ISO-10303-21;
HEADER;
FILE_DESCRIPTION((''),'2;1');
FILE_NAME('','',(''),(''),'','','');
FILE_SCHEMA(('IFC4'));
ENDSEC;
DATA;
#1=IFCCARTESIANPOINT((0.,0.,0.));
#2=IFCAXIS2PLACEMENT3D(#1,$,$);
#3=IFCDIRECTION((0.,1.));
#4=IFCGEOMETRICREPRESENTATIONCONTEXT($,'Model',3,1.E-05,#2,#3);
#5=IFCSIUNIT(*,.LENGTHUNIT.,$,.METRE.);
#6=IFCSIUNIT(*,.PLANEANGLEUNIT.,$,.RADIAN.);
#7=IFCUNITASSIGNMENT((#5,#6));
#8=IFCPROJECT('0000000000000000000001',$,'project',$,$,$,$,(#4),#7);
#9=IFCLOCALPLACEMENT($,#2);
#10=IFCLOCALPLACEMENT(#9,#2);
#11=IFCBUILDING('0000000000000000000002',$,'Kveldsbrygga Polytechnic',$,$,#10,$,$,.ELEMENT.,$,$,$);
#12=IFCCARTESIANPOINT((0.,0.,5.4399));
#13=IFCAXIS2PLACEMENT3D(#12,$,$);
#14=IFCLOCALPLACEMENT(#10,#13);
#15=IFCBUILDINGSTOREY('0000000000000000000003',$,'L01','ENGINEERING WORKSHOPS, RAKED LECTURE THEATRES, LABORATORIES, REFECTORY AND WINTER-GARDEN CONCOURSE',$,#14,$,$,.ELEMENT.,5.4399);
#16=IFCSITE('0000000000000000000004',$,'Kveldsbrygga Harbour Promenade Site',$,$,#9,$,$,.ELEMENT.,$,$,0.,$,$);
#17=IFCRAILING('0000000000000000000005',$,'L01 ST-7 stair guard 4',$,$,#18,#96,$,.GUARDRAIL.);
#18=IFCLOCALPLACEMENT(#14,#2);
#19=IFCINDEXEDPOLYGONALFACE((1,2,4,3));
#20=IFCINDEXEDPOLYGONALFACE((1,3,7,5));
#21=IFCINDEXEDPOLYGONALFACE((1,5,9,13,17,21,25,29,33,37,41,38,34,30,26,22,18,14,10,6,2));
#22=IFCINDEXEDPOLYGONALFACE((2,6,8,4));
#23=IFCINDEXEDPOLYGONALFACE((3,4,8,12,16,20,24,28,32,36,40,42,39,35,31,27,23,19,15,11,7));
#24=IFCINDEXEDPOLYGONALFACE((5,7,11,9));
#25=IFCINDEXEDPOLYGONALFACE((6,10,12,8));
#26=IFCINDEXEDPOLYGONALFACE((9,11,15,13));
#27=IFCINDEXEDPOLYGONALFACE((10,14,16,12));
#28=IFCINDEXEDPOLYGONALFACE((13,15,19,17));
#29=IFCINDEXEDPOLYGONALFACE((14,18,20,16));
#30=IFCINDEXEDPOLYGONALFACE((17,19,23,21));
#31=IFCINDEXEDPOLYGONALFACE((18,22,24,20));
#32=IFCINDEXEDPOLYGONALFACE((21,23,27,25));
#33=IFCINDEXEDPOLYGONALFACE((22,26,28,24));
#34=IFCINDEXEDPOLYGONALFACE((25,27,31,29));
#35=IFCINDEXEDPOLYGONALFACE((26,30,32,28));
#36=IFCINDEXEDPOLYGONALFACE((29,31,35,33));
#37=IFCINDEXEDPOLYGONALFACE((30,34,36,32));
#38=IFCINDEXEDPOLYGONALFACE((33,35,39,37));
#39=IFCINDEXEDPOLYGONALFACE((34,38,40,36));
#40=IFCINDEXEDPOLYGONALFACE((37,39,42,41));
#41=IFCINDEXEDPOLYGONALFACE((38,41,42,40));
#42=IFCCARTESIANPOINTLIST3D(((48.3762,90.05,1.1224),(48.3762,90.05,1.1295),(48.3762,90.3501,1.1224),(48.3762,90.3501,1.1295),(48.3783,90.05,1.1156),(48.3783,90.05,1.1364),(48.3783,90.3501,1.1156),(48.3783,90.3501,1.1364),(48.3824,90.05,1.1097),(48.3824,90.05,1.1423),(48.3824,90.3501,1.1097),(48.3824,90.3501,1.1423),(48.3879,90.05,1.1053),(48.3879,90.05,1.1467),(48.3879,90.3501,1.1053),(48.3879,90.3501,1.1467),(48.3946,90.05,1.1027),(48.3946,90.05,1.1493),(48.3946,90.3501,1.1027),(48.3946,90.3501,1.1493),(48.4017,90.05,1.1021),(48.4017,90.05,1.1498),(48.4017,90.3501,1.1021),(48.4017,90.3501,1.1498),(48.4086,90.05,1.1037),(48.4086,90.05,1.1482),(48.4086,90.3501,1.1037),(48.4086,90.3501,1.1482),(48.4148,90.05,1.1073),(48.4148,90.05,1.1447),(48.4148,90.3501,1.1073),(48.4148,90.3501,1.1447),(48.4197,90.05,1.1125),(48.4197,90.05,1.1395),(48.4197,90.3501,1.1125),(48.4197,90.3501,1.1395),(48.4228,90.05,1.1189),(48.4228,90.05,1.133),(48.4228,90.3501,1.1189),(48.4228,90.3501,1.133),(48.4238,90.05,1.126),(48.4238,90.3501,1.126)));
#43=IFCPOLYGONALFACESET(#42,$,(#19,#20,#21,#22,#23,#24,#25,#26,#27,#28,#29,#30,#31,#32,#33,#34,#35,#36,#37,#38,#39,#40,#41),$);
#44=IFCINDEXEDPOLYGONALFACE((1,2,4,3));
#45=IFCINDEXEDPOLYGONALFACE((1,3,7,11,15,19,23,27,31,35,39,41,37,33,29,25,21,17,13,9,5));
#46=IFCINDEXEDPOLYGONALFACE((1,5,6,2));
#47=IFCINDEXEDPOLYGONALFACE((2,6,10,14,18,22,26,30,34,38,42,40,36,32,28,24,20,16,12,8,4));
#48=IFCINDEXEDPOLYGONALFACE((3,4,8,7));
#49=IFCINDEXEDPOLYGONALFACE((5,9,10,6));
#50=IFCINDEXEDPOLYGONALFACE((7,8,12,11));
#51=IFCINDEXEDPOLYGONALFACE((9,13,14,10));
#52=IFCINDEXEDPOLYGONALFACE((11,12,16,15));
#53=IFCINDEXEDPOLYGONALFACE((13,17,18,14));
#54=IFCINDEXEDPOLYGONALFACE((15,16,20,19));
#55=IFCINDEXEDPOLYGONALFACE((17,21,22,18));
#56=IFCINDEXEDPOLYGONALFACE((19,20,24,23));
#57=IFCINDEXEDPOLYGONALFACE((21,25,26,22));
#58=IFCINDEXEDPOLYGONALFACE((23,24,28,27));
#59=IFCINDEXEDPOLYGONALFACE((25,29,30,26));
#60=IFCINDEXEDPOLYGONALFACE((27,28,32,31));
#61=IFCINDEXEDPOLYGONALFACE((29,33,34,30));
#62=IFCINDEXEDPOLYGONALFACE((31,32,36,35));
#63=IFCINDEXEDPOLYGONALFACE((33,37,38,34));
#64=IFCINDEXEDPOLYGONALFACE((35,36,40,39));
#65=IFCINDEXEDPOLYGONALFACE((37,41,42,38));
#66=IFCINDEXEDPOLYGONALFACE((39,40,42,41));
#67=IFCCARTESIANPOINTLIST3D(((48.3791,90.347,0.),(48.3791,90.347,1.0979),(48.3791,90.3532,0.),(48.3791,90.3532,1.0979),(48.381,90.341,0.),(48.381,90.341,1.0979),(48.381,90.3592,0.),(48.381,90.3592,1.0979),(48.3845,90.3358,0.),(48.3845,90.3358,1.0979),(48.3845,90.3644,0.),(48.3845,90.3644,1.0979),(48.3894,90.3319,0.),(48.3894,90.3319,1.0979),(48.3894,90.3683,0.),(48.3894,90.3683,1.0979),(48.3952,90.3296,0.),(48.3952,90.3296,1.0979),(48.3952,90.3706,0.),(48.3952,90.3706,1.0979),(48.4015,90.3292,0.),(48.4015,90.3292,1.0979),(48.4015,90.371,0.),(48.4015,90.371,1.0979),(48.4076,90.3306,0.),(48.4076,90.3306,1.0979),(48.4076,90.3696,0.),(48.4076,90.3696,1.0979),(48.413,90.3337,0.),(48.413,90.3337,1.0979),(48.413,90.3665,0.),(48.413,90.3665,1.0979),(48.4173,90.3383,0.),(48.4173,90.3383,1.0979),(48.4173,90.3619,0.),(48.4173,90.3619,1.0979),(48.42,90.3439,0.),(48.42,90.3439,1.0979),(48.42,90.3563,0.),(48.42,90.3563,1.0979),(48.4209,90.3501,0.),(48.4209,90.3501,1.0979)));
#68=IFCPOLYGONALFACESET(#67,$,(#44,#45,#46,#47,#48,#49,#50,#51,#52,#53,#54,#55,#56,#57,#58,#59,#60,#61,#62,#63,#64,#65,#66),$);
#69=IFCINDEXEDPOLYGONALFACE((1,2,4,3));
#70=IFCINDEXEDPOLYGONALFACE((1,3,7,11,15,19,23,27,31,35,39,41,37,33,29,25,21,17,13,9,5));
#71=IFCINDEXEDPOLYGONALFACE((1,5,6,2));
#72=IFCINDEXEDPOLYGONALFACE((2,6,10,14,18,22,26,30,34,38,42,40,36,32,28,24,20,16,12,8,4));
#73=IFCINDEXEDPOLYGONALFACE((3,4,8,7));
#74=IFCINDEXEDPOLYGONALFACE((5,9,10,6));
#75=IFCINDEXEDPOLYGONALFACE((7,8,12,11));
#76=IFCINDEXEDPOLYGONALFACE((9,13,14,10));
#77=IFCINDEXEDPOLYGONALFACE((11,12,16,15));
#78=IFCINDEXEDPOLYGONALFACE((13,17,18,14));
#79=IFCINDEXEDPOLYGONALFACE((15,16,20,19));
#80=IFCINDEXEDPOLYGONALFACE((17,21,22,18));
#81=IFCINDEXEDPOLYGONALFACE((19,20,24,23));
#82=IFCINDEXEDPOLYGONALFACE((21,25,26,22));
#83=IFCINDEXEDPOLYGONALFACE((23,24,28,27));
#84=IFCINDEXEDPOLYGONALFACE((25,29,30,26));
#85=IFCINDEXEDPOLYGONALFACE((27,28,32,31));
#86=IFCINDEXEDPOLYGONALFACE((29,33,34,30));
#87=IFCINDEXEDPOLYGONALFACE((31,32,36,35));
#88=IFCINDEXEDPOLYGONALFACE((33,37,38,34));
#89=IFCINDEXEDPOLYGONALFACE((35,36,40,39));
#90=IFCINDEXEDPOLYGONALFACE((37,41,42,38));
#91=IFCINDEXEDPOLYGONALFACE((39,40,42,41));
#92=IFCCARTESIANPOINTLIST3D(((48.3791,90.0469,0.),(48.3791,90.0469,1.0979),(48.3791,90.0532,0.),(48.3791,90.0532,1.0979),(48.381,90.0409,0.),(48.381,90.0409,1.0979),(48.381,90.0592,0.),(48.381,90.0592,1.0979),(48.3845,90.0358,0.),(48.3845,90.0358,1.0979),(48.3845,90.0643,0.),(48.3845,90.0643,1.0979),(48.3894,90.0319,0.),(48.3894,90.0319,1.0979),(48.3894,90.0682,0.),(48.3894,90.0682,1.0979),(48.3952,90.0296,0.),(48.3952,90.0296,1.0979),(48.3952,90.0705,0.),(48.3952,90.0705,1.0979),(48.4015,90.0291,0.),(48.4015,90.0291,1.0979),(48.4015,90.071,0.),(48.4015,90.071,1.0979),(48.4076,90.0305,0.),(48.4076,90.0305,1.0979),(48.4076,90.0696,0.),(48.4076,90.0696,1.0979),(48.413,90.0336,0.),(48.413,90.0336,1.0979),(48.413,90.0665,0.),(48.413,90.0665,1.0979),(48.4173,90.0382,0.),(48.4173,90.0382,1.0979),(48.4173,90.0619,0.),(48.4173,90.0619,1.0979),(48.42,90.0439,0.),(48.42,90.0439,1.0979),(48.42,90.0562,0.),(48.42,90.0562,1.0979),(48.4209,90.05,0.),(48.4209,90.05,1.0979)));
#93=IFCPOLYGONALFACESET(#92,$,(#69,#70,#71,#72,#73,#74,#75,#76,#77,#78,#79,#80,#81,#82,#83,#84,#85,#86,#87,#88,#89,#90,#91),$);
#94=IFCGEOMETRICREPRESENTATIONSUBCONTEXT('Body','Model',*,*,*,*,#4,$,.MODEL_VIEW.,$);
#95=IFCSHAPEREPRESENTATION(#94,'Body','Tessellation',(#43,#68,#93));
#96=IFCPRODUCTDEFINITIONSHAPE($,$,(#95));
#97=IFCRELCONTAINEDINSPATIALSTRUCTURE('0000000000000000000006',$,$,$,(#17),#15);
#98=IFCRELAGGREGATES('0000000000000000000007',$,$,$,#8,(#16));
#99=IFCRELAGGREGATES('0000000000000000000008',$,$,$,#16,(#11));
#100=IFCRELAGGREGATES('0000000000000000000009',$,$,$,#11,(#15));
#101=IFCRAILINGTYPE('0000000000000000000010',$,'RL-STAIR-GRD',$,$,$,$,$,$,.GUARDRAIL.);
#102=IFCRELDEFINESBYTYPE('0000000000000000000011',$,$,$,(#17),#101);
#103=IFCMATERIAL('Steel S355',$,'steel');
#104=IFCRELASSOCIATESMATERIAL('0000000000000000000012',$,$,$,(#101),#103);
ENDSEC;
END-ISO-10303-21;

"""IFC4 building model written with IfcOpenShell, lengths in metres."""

from ifc_helpers import new_model, si_unit, direction, frame, origin, origin_2d, place, context, subcontext, project, spatial, circle, extrude, material, type_object, element, save


model = new_model("IFC4")

# Units and contexts
model_context = context("Model", 3, precision=1e-05, world=origin(), true_north=direction((0.0, 1.0)))
body_context = subcontext(model_context, "Body", "Model", "MODEL_VIEW")
ifc_project = project(units=[si_unit("LENGTHUNIT", "METRE"), si_unit("PLANEANGLEUNIT", "RADIAN")], contexts=[model_context])

# Site, building, storey
site_placement = place(None, origin())
site = spatial("IfcSite", under=ifc_project, at=site_placement, Name="Kveldsbrygga Harbour Promenade Site", CompositionType="ELEMENT", RefElevation=0.0)
building_placement = place(site_placement, origin())
building = spatial("IfcBuilding", under=site, at=building_placement, Name="Kveldsbrygga Polytechnic", CompositionType="ELEMENT")
storey_placement = place(building_placement, frame((0.0, 0.0, 5.4399)))
storey = spatial("IfcBuildingStorey", under=building, at=storey_placement, Name="L01", Description="ENGINEERING WORKSHOPS, RAKED LECTURE THEATRES, LABORATORIES, REFECTORY AND WINTER-GARDEN CONCOURSE", CompositionType="ELEMENT", Elevation=5.4399)

# Shared definitions
ifc_material_1 = material(Name="Steel S355", Category="steel")

# Railing
railing_type_1 = type_object("IfcRailingType", Name="RL-STAIR-GRD", PredefinedType="GUARDRAIL", material=ifc_material_1)
railing_1_placement = place(storey_placement, frame((48.3999, 90.3501, 0.0)))
element("IfcRailing", 1, at=railing_1_placement, inside=storey, type_object=railing_type_1, Name="L01 ST-7 stair guard 4", PredefinedType="GUARDRAIL", context=body_context, shape_type="SweptSolid", body=[
    extrude(circle(Radius=0.0239, at=origin_2d()), frame((0.0, 0.0, 1.126), z_axis=(0.0, -1.0, 0.0), x_axis=(1.0, 0.0, 0.0)), (0.0, 0.0, 1.0), 0.3),
    extrude(circle(Radius=0.021, at=origin_2d()), origin(), (0.0, 0.0, 1.0), 1.0979),
    extrude(circle(Radius=0.021, at=origin_2d()), frame((0.0, -0.3, 0.0)), (0.0, 0.0, 1.0), 1.0979),
])

save(model, "model.ifc")
